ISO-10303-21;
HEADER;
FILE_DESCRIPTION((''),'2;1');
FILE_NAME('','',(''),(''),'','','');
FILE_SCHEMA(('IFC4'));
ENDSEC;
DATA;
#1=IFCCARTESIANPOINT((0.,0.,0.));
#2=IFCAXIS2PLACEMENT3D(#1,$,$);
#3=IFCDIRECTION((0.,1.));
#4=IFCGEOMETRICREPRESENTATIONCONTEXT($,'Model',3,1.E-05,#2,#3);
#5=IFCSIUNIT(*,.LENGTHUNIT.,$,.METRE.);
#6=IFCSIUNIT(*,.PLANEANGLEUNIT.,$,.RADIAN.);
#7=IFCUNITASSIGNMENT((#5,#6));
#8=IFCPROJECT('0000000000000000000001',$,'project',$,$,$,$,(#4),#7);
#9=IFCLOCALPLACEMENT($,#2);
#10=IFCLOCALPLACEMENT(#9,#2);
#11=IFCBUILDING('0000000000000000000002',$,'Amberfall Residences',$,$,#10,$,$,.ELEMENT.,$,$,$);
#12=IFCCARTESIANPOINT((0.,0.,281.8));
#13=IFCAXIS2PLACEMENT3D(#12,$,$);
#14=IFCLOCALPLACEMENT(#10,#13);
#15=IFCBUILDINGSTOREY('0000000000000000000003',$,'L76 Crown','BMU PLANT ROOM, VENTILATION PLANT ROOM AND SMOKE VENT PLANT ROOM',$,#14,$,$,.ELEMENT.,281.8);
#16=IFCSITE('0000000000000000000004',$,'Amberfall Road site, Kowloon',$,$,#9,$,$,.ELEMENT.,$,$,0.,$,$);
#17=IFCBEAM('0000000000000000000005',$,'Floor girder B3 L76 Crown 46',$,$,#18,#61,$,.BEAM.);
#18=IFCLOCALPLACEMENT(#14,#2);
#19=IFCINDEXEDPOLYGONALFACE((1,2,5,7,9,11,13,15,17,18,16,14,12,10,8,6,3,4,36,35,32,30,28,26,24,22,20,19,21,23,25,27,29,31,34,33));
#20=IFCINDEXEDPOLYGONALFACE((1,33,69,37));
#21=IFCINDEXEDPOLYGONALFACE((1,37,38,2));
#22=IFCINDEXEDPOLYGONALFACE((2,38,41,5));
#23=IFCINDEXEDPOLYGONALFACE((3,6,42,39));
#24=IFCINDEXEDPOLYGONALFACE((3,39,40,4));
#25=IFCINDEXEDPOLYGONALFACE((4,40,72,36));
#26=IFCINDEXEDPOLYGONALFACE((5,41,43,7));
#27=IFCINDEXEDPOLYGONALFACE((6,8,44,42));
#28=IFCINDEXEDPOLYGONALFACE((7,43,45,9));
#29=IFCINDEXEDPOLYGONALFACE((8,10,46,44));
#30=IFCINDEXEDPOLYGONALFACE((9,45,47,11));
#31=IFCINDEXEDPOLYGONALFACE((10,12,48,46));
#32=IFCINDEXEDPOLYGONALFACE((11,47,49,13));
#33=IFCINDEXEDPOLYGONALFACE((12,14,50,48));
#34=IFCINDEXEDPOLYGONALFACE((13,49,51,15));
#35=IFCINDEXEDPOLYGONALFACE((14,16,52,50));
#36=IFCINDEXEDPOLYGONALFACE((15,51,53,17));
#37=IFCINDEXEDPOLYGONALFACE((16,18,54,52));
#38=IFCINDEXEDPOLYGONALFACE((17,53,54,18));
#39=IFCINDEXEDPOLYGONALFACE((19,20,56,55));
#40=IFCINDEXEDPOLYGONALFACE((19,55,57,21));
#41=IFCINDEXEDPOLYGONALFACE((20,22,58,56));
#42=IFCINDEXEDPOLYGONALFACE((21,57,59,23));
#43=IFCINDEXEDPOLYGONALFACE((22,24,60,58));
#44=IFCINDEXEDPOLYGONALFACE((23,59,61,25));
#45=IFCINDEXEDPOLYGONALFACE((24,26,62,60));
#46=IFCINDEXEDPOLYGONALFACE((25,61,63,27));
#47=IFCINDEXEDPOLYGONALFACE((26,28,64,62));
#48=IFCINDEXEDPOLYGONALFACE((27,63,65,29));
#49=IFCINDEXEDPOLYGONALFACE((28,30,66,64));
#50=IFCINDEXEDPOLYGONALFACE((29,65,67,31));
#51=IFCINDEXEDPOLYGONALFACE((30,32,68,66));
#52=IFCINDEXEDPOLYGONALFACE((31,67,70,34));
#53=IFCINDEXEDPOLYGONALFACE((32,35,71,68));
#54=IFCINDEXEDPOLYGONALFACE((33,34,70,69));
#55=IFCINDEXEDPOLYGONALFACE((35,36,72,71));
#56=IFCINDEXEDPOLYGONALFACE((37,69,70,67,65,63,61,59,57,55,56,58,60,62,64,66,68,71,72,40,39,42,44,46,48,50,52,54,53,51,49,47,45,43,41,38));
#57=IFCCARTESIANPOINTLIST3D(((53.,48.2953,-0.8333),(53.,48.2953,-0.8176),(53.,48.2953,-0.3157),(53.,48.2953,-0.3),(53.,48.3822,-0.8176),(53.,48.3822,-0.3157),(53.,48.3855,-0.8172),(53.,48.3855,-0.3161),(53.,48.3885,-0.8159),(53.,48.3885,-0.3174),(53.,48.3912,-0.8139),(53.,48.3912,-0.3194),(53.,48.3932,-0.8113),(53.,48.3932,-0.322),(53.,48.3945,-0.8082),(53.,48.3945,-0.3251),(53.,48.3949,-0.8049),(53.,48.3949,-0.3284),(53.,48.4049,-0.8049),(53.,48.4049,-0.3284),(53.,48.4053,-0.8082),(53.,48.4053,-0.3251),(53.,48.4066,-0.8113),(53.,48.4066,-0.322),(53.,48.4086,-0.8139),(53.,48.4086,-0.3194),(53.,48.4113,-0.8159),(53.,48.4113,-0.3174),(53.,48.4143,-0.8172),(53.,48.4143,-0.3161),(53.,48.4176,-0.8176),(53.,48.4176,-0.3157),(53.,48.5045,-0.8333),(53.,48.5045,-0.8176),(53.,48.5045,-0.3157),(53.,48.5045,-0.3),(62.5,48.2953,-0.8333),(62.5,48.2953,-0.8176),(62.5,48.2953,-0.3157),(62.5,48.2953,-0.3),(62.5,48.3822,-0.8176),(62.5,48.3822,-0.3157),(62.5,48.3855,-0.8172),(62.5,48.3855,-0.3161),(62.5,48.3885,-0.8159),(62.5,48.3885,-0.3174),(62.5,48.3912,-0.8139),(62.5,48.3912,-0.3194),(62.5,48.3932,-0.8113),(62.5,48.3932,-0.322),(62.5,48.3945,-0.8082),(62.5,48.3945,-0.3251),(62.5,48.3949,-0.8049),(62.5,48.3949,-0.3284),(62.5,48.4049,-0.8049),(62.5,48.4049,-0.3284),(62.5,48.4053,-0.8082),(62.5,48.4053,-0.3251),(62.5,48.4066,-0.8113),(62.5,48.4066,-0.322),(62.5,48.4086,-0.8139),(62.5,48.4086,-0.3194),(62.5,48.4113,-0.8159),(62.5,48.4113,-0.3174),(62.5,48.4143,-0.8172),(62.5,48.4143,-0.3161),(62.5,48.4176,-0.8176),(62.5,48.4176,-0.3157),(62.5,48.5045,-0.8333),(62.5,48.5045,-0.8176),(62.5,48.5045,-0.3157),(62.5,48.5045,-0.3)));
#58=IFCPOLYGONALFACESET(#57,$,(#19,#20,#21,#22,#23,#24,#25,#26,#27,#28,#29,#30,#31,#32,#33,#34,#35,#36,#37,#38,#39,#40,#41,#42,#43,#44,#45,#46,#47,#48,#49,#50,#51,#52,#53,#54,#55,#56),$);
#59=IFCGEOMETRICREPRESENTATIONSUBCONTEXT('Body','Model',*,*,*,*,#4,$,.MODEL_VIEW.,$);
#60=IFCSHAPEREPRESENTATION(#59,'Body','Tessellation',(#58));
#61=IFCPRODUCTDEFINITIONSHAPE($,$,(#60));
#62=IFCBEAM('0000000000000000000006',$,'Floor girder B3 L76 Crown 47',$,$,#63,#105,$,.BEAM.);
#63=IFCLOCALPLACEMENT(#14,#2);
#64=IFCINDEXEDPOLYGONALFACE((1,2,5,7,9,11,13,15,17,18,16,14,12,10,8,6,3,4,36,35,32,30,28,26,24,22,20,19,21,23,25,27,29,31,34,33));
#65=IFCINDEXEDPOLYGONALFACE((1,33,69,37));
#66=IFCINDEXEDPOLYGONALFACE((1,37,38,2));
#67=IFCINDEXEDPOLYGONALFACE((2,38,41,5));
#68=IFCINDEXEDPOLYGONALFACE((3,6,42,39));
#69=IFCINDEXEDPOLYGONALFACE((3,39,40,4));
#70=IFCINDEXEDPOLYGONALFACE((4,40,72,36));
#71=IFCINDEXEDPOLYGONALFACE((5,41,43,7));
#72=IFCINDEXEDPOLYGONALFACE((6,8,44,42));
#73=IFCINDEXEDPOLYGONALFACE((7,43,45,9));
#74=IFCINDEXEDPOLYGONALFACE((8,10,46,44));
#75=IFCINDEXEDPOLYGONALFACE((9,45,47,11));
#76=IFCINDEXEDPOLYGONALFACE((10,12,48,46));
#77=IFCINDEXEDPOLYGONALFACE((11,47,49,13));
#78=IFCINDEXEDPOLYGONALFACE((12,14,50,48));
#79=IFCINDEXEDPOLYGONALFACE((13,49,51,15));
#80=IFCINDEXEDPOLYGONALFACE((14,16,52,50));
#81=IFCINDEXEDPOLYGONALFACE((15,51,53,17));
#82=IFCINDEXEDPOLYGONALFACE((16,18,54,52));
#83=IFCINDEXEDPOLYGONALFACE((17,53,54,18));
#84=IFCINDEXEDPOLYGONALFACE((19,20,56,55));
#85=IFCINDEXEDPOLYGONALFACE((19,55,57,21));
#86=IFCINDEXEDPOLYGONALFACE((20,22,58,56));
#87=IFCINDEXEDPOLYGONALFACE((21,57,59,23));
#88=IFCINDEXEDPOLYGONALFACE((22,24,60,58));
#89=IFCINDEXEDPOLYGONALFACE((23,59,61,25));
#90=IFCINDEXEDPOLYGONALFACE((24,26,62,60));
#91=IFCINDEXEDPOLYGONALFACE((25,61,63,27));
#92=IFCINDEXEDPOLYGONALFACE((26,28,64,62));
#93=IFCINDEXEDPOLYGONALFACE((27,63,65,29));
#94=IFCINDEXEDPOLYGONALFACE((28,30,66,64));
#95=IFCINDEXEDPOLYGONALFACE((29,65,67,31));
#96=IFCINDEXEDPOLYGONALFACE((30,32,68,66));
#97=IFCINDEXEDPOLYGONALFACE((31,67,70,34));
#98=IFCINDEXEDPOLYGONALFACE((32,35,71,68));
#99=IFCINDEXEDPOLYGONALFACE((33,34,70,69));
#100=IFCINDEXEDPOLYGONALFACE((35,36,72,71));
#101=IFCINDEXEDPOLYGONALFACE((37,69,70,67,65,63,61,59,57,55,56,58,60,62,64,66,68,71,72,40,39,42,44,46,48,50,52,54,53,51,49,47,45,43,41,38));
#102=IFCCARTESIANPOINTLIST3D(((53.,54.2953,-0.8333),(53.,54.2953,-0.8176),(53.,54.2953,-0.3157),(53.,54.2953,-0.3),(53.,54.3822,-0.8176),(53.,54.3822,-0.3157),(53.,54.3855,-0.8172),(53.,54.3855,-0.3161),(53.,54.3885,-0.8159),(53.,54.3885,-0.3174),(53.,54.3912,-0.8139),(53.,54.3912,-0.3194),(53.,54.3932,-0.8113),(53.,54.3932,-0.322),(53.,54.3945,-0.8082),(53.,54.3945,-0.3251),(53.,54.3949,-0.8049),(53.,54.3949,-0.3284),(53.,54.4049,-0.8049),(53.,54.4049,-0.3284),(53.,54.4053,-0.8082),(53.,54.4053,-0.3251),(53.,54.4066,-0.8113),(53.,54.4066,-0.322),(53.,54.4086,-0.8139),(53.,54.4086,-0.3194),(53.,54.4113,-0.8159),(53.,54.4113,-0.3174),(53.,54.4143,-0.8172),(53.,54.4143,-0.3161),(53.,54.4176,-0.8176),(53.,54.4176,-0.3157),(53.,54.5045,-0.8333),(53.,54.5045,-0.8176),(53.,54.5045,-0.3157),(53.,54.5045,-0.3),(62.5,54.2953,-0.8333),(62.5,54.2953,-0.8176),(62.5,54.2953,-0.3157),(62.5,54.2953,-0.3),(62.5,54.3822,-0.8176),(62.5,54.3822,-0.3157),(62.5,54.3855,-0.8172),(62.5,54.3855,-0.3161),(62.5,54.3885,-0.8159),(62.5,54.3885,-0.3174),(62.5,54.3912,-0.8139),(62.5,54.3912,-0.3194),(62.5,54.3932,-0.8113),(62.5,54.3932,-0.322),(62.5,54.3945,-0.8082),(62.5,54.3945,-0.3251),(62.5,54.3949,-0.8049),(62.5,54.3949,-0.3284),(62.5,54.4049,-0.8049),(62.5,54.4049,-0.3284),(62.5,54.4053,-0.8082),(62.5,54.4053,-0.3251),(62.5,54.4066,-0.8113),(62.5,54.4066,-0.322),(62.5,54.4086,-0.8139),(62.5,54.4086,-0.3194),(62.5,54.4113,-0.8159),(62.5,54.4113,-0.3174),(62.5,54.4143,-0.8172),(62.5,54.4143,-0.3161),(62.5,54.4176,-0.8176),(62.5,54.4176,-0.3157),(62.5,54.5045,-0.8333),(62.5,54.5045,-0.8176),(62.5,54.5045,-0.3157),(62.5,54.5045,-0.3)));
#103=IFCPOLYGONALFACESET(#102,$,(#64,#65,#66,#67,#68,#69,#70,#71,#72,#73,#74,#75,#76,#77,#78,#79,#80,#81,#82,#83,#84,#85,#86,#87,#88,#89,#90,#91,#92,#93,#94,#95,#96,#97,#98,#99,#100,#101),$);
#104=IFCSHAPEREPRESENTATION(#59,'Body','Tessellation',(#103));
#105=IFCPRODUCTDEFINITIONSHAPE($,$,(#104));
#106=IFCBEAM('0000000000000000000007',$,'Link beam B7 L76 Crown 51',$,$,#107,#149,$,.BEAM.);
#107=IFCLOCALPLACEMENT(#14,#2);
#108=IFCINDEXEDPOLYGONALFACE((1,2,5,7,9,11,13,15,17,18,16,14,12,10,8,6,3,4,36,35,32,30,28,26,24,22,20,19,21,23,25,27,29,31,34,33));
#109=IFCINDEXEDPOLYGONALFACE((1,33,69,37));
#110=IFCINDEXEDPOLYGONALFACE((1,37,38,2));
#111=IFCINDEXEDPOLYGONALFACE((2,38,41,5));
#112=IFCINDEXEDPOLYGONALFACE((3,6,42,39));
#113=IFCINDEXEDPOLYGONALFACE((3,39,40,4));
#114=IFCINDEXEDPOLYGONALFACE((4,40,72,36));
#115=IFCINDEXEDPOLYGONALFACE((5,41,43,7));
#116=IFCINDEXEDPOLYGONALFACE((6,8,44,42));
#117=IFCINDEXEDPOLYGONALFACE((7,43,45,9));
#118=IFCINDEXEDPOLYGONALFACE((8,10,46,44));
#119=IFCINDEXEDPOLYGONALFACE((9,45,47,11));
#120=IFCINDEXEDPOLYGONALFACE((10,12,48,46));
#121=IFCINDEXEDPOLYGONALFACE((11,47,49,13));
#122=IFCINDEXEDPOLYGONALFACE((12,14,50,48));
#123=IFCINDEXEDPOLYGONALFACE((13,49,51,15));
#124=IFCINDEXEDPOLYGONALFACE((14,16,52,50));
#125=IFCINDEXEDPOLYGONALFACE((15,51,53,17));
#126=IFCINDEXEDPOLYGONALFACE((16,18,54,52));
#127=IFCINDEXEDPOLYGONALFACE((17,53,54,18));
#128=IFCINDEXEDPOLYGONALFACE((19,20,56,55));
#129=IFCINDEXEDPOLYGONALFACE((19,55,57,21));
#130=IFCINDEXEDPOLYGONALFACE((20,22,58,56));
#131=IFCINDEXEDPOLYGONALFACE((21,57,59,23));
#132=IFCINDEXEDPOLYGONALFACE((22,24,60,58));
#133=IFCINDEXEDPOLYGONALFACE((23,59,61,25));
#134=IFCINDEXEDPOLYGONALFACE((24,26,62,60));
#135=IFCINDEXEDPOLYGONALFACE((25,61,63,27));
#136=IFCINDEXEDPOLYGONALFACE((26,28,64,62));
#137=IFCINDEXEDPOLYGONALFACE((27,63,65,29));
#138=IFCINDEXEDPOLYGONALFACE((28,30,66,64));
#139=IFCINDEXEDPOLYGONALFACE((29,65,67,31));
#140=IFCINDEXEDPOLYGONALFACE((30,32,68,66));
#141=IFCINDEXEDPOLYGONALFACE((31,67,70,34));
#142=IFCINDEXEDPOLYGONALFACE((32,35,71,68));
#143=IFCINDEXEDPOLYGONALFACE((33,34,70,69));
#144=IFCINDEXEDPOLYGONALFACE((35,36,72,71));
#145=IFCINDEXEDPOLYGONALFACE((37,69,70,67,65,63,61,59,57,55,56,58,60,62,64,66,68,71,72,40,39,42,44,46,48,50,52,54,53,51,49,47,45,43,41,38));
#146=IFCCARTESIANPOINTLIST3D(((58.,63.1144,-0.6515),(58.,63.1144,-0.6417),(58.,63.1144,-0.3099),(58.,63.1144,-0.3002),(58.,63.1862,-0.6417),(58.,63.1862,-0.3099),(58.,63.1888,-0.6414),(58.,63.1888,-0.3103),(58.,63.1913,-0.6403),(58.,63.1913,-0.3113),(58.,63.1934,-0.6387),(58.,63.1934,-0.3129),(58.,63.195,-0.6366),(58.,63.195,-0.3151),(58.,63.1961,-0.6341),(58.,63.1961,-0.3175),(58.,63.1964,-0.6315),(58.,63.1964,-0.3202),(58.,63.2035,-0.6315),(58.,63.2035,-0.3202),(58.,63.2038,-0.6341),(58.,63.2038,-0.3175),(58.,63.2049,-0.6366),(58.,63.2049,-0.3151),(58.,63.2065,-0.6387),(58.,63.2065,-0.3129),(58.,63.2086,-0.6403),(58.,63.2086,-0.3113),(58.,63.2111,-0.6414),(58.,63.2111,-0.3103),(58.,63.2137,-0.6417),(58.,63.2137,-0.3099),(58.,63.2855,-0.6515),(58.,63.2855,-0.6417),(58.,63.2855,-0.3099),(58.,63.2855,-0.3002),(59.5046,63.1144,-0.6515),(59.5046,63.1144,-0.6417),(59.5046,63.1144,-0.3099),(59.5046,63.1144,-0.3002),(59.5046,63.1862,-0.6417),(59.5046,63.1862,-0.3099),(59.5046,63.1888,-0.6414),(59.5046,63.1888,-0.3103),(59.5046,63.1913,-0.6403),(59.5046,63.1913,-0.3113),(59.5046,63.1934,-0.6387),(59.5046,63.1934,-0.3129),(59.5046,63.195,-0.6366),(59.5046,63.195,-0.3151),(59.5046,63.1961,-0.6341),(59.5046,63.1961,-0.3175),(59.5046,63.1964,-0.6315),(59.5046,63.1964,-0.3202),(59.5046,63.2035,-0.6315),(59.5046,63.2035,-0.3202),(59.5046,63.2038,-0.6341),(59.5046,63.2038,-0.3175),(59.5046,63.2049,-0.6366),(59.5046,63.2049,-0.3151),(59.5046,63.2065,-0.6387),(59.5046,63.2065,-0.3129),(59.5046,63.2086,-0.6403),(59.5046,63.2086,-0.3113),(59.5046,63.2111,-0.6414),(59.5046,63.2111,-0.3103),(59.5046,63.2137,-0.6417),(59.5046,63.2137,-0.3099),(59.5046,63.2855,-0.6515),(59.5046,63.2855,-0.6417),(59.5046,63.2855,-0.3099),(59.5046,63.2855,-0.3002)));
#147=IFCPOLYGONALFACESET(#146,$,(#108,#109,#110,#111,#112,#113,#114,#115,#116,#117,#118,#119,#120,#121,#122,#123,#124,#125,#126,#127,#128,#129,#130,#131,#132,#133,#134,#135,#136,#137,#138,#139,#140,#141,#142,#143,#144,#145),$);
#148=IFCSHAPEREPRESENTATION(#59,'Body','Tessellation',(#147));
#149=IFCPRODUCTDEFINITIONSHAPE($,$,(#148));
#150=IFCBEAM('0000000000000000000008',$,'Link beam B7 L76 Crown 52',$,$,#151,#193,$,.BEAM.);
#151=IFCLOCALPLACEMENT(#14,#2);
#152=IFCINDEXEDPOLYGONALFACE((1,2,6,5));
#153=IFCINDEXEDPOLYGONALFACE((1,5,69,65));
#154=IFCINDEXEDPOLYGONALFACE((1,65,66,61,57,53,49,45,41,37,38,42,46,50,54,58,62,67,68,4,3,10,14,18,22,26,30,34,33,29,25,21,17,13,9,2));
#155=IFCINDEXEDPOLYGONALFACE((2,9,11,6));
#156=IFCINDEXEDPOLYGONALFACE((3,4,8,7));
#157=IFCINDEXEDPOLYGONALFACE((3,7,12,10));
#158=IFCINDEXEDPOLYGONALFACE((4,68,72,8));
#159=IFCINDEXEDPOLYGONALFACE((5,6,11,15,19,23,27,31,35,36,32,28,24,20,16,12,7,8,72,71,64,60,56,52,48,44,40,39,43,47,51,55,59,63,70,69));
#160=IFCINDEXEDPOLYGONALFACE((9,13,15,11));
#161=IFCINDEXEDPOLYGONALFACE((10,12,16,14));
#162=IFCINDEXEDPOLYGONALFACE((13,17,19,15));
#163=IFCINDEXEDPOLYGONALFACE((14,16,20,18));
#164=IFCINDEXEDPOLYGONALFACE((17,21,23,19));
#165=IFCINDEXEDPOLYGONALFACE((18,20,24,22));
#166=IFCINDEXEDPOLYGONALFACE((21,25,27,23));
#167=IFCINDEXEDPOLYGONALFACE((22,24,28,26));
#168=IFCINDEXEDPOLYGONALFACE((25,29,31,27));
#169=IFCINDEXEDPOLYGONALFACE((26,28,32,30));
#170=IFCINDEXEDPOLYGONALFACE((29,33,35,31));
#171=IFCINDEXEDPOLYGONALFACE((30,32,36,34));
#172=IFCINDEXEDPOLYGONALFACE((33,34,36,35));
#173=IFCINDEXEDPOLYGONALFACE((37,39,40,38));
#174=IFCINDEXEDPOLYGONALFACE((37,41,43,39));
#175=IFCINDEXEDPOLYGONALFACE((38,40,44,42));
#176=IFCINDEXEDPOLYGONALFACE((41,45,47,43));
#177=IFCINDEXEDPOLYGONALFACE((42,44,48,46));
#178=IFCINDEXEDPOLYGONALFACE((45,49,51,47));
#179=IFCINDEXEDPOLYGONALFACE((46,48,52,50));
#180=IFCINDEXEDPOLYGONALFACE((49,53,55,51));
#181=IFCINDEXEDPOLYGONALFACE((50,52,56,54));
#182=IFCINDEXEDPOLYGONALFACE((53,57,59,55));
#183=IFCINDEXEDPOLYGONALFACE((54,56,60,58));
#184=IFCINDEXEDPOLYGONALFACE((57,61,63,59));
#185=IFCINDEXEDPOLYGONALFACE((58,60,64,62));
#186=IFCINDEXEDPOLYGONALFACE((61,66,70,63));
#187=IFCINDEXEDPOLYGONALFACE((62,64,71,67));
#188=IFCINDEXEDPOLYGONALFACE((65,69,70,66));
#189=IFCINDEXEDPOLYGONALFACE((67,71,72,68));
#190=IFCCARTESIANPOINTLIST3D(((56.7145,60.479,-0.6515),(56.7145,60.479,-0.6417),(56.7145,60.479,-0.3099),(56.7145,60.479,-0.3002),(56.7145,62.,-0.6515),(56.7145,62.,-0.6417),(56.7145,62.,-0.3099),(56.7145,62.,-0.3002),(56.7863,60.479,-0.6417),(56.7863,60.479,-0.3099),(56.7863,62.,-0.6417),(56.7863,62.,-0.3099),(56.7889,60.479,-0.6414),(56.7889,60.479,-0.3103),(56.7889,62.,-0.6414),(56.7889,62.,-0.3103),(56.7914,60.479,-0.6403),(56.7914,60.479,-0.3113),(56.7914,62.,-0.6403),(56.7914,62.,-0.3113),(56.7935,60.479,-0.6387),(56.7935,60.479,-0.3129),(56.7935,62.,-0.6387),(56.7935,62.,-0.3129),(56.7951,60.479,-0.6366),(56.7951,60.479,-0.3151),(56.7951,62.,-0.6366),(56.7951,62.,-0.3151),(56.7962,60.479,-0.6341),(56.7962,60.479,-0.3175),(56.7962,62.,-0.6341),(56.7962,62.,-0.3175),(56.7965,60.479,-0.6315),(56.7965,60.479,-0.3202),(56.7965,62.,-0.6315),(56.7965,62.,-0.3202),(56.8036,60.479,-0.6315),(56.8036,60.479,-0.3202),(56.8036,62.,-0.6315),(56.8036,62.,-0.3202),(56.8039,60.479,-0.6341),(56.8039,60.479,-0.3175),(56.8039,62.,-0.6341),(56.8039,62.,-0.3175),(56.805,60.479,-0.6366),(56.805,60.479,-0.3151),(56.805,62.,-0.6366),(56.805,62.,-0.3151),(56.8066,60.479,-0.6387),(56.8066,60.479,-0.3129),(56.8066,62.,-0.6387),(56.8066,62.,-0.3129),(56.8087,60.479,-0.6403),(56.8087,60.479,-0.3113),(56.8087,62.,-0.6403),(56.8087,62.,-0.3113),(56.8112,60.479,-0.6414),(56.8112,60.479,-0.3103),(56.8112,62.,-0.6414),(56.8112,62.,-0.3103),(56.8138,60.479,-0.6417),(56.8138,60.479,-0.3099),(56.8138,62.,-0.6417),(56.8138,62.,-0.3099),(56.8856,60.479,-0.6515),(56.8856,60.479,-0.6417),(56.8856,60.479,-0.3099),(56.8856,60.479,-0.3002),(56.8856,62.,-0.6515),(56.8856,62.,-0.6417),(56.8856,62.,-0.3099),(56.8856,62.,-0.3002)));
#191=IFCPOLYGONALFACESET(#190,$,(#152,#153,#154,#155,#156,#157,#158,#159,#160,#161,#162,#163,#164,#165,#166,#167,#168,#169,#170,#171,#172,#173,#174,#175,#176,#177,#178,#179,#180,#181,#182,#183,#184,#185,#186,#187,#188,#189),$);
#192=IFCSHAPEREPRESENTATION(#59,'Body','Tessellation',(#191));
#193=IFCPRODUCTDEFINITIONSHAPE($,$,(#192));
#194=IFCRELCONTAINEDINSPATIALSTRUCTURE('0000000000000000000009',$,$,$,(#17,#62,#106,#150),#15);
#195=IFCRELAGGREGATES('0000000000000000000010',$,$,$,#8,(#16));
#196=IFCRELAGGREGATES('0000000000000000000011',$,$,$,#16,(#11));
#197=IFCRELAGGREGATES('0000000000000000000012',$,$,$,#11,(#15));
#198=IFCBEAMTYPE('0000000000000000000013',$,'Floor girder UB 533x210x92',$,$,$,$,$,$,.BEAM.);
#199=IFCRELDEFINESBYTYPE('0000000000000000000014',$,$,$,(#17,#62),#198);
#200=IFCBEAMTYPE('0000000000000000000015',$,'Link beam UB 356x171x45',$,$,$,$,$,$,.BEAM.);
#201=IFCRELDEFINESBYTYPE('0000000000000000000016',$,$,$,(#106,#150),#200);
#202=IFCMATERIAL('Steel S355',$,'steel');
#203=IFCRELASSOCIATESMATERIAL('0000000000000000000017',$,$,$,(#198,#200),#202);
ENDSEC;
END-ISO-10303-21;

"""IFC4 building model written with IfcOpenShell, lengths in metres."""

from ifc_helpers import new_model, si_unit, direction, frame, origin, origin_2d, place, context, subcontext, project, spatial, i_section, extrude, material, material_profile, profile_set, type_object, element, save


model = new_model("IFC4")

# Units and contexts
model_context = context("Model", 3, precision=1e-05, world=origin(), true_north=direction((0.0, 1.0)))
body_context = subcontext(model_context, "Body", "Model", "MODEL_VIEW")
ifc_project = project(units=[si_unit("LENGTHUNIT", "METRE"), si_unit("PLANEANGLEUNIT", "RADIAN")], contexts=[model_context])

# Site, building, storey
site_placement = place(None, origin())
site = spatial("IfcSite", under=ifc_project, at=site_placement, Name="Amberfall Road site, Kowloon", CompositionType="ELEMENT", RefElevation=0.0)
building_placement = place(site_placement, origin())
building = spatial("IfcBuilding", under=site, at=building_placement, Name="Amberfall Residences", CompositionType="ELEMENT")
storey_placement = place(building_placement, frame((0.0, 0.0, 281.8)))
storey = spatial("IfcBuildingStorey", under=building, at=storey_placement, Name="L76 Crown", Description="BMU PLANT ROOM, VENTILATION PLANT ROOM AND SMOKE VENT PLANT ROOM", CompositionType="ELEMENT", Elevation=281.8)

# Beams
ifc_material_1 = material(Name="Steel S355", Category="steel")
ifc_material_profile_1 = material_profile(ifc_material_1, i_section(OverallWidth=0.2092, OverallDepth=0.5332, WebThickness=0.01, FlangeThickness=0.0156, FilletRadius=0.0127, at=origin_2d()), Name="UB 533x210x92")
ifc_profile_set_1 = profile_set([ifc_material_profile_1], Name="Steel S355")
beam_type_1 = type_object("IfcBeamType", Name="Floor girder UB 533x210x92", PredefinedType="BEAM", material=ifc_profile_set_1)
for number, where, z_axis, x_axis, name in (
    (1, (53.0, 48.3999, -0.5667), (1.0, 0.0, 0.0), (0.0, 1.0, 0.0), "Floor girder B3 L76 Crown 46"),
    (2, (53.0, 54.3999, -0.5667), (1.0, 0.0, 0.0), (0.0, 1.0, 0.0), "Floor girder B3 L76 Crown 47"),
):
    element("IfcBeam", number, at=place(storey_placement, frame(where, z_axis=z_axis, x_axis=x_axis)), inside=storey, type_object=beam_type_1, Name=name, PredefinedType="BEAM", context=body_context, shape_type="SweptSolid", body=[
        extrude(i_section(OverallWidth=0.2092, OverallDepth=0.5332, WebThickness=0.01, FlangeThickness=0.0156, FilletRadius=0.0127, at=origin_2d()), origin(), (0.0, 0.0, 1.0), 9.5),
    ])
ifc_material_profile_2 = material_profile(ifc_material_1, i_section(OverallWidth=0.1711, OverallDepth=0.3513, WebThickness=0.0071, FlangeThickness=0.0098, FilletRadius=0.0103, at=origin_2d()), Name="UB 356x171x45")
ifc_profile_set_2 = profile_set([ifc_material_profile_2], Name="Steel S355")
beam_type_2 = type_object("IfcBeamType", Name="Link beam UB 356x171x45", PredefinedType="BEAM", material=ifc_profile_set_2)
beam_1_placement = place(storey_placement, frame((58.0, 63.2, -0.4758), z_axis=(1.0, 0.0, 0.0), x_axis=(0.0, 1.0, 0.0)))
element("IfcBeam", 3, at=beam_1_placement, inside=storey, type_object=beam_type_2, Name="Link beam B7 L76 Crown 51", PredefinedType="BEAM", context=body_context, shape_type="SweptSolid", body=[
    extrude(i_section(OverallWidth=0.1711, OverallDepth=0.3513, WebThickness=0.0071, FlangeThickness=0.0098, FilletRadius=0.0103, at=origin_2d()), origin(), (0.0, 0.0, 1.0), 1.5046),
])
beam_2_placement = place(storey_placement, frame((56.8, 62.0, -0.4758), z_axis=(0.0, -1.0, 0.0), x_axis=(1.0, 0.0, 0.0)))
element("IfcBeam", 4, at=beam_2_placement, inside=storey, type_object=beam_type_2, Name="Link beam B7 L76 Crown 52", PredefinedType="BEAM", context=body_context, shape_type="SweptSolid", body=[
    extrude(i_section(OverallWidth=0.1711, OverallDepth=0.3513, WebThickness=0.0071, FlangeThickness=0.0098, FilletRadius=0.0103, at=origin_2d()), origin(), (0.0, 0.0, 1.0), 1.521),
])

save(model, "model.ifc")
